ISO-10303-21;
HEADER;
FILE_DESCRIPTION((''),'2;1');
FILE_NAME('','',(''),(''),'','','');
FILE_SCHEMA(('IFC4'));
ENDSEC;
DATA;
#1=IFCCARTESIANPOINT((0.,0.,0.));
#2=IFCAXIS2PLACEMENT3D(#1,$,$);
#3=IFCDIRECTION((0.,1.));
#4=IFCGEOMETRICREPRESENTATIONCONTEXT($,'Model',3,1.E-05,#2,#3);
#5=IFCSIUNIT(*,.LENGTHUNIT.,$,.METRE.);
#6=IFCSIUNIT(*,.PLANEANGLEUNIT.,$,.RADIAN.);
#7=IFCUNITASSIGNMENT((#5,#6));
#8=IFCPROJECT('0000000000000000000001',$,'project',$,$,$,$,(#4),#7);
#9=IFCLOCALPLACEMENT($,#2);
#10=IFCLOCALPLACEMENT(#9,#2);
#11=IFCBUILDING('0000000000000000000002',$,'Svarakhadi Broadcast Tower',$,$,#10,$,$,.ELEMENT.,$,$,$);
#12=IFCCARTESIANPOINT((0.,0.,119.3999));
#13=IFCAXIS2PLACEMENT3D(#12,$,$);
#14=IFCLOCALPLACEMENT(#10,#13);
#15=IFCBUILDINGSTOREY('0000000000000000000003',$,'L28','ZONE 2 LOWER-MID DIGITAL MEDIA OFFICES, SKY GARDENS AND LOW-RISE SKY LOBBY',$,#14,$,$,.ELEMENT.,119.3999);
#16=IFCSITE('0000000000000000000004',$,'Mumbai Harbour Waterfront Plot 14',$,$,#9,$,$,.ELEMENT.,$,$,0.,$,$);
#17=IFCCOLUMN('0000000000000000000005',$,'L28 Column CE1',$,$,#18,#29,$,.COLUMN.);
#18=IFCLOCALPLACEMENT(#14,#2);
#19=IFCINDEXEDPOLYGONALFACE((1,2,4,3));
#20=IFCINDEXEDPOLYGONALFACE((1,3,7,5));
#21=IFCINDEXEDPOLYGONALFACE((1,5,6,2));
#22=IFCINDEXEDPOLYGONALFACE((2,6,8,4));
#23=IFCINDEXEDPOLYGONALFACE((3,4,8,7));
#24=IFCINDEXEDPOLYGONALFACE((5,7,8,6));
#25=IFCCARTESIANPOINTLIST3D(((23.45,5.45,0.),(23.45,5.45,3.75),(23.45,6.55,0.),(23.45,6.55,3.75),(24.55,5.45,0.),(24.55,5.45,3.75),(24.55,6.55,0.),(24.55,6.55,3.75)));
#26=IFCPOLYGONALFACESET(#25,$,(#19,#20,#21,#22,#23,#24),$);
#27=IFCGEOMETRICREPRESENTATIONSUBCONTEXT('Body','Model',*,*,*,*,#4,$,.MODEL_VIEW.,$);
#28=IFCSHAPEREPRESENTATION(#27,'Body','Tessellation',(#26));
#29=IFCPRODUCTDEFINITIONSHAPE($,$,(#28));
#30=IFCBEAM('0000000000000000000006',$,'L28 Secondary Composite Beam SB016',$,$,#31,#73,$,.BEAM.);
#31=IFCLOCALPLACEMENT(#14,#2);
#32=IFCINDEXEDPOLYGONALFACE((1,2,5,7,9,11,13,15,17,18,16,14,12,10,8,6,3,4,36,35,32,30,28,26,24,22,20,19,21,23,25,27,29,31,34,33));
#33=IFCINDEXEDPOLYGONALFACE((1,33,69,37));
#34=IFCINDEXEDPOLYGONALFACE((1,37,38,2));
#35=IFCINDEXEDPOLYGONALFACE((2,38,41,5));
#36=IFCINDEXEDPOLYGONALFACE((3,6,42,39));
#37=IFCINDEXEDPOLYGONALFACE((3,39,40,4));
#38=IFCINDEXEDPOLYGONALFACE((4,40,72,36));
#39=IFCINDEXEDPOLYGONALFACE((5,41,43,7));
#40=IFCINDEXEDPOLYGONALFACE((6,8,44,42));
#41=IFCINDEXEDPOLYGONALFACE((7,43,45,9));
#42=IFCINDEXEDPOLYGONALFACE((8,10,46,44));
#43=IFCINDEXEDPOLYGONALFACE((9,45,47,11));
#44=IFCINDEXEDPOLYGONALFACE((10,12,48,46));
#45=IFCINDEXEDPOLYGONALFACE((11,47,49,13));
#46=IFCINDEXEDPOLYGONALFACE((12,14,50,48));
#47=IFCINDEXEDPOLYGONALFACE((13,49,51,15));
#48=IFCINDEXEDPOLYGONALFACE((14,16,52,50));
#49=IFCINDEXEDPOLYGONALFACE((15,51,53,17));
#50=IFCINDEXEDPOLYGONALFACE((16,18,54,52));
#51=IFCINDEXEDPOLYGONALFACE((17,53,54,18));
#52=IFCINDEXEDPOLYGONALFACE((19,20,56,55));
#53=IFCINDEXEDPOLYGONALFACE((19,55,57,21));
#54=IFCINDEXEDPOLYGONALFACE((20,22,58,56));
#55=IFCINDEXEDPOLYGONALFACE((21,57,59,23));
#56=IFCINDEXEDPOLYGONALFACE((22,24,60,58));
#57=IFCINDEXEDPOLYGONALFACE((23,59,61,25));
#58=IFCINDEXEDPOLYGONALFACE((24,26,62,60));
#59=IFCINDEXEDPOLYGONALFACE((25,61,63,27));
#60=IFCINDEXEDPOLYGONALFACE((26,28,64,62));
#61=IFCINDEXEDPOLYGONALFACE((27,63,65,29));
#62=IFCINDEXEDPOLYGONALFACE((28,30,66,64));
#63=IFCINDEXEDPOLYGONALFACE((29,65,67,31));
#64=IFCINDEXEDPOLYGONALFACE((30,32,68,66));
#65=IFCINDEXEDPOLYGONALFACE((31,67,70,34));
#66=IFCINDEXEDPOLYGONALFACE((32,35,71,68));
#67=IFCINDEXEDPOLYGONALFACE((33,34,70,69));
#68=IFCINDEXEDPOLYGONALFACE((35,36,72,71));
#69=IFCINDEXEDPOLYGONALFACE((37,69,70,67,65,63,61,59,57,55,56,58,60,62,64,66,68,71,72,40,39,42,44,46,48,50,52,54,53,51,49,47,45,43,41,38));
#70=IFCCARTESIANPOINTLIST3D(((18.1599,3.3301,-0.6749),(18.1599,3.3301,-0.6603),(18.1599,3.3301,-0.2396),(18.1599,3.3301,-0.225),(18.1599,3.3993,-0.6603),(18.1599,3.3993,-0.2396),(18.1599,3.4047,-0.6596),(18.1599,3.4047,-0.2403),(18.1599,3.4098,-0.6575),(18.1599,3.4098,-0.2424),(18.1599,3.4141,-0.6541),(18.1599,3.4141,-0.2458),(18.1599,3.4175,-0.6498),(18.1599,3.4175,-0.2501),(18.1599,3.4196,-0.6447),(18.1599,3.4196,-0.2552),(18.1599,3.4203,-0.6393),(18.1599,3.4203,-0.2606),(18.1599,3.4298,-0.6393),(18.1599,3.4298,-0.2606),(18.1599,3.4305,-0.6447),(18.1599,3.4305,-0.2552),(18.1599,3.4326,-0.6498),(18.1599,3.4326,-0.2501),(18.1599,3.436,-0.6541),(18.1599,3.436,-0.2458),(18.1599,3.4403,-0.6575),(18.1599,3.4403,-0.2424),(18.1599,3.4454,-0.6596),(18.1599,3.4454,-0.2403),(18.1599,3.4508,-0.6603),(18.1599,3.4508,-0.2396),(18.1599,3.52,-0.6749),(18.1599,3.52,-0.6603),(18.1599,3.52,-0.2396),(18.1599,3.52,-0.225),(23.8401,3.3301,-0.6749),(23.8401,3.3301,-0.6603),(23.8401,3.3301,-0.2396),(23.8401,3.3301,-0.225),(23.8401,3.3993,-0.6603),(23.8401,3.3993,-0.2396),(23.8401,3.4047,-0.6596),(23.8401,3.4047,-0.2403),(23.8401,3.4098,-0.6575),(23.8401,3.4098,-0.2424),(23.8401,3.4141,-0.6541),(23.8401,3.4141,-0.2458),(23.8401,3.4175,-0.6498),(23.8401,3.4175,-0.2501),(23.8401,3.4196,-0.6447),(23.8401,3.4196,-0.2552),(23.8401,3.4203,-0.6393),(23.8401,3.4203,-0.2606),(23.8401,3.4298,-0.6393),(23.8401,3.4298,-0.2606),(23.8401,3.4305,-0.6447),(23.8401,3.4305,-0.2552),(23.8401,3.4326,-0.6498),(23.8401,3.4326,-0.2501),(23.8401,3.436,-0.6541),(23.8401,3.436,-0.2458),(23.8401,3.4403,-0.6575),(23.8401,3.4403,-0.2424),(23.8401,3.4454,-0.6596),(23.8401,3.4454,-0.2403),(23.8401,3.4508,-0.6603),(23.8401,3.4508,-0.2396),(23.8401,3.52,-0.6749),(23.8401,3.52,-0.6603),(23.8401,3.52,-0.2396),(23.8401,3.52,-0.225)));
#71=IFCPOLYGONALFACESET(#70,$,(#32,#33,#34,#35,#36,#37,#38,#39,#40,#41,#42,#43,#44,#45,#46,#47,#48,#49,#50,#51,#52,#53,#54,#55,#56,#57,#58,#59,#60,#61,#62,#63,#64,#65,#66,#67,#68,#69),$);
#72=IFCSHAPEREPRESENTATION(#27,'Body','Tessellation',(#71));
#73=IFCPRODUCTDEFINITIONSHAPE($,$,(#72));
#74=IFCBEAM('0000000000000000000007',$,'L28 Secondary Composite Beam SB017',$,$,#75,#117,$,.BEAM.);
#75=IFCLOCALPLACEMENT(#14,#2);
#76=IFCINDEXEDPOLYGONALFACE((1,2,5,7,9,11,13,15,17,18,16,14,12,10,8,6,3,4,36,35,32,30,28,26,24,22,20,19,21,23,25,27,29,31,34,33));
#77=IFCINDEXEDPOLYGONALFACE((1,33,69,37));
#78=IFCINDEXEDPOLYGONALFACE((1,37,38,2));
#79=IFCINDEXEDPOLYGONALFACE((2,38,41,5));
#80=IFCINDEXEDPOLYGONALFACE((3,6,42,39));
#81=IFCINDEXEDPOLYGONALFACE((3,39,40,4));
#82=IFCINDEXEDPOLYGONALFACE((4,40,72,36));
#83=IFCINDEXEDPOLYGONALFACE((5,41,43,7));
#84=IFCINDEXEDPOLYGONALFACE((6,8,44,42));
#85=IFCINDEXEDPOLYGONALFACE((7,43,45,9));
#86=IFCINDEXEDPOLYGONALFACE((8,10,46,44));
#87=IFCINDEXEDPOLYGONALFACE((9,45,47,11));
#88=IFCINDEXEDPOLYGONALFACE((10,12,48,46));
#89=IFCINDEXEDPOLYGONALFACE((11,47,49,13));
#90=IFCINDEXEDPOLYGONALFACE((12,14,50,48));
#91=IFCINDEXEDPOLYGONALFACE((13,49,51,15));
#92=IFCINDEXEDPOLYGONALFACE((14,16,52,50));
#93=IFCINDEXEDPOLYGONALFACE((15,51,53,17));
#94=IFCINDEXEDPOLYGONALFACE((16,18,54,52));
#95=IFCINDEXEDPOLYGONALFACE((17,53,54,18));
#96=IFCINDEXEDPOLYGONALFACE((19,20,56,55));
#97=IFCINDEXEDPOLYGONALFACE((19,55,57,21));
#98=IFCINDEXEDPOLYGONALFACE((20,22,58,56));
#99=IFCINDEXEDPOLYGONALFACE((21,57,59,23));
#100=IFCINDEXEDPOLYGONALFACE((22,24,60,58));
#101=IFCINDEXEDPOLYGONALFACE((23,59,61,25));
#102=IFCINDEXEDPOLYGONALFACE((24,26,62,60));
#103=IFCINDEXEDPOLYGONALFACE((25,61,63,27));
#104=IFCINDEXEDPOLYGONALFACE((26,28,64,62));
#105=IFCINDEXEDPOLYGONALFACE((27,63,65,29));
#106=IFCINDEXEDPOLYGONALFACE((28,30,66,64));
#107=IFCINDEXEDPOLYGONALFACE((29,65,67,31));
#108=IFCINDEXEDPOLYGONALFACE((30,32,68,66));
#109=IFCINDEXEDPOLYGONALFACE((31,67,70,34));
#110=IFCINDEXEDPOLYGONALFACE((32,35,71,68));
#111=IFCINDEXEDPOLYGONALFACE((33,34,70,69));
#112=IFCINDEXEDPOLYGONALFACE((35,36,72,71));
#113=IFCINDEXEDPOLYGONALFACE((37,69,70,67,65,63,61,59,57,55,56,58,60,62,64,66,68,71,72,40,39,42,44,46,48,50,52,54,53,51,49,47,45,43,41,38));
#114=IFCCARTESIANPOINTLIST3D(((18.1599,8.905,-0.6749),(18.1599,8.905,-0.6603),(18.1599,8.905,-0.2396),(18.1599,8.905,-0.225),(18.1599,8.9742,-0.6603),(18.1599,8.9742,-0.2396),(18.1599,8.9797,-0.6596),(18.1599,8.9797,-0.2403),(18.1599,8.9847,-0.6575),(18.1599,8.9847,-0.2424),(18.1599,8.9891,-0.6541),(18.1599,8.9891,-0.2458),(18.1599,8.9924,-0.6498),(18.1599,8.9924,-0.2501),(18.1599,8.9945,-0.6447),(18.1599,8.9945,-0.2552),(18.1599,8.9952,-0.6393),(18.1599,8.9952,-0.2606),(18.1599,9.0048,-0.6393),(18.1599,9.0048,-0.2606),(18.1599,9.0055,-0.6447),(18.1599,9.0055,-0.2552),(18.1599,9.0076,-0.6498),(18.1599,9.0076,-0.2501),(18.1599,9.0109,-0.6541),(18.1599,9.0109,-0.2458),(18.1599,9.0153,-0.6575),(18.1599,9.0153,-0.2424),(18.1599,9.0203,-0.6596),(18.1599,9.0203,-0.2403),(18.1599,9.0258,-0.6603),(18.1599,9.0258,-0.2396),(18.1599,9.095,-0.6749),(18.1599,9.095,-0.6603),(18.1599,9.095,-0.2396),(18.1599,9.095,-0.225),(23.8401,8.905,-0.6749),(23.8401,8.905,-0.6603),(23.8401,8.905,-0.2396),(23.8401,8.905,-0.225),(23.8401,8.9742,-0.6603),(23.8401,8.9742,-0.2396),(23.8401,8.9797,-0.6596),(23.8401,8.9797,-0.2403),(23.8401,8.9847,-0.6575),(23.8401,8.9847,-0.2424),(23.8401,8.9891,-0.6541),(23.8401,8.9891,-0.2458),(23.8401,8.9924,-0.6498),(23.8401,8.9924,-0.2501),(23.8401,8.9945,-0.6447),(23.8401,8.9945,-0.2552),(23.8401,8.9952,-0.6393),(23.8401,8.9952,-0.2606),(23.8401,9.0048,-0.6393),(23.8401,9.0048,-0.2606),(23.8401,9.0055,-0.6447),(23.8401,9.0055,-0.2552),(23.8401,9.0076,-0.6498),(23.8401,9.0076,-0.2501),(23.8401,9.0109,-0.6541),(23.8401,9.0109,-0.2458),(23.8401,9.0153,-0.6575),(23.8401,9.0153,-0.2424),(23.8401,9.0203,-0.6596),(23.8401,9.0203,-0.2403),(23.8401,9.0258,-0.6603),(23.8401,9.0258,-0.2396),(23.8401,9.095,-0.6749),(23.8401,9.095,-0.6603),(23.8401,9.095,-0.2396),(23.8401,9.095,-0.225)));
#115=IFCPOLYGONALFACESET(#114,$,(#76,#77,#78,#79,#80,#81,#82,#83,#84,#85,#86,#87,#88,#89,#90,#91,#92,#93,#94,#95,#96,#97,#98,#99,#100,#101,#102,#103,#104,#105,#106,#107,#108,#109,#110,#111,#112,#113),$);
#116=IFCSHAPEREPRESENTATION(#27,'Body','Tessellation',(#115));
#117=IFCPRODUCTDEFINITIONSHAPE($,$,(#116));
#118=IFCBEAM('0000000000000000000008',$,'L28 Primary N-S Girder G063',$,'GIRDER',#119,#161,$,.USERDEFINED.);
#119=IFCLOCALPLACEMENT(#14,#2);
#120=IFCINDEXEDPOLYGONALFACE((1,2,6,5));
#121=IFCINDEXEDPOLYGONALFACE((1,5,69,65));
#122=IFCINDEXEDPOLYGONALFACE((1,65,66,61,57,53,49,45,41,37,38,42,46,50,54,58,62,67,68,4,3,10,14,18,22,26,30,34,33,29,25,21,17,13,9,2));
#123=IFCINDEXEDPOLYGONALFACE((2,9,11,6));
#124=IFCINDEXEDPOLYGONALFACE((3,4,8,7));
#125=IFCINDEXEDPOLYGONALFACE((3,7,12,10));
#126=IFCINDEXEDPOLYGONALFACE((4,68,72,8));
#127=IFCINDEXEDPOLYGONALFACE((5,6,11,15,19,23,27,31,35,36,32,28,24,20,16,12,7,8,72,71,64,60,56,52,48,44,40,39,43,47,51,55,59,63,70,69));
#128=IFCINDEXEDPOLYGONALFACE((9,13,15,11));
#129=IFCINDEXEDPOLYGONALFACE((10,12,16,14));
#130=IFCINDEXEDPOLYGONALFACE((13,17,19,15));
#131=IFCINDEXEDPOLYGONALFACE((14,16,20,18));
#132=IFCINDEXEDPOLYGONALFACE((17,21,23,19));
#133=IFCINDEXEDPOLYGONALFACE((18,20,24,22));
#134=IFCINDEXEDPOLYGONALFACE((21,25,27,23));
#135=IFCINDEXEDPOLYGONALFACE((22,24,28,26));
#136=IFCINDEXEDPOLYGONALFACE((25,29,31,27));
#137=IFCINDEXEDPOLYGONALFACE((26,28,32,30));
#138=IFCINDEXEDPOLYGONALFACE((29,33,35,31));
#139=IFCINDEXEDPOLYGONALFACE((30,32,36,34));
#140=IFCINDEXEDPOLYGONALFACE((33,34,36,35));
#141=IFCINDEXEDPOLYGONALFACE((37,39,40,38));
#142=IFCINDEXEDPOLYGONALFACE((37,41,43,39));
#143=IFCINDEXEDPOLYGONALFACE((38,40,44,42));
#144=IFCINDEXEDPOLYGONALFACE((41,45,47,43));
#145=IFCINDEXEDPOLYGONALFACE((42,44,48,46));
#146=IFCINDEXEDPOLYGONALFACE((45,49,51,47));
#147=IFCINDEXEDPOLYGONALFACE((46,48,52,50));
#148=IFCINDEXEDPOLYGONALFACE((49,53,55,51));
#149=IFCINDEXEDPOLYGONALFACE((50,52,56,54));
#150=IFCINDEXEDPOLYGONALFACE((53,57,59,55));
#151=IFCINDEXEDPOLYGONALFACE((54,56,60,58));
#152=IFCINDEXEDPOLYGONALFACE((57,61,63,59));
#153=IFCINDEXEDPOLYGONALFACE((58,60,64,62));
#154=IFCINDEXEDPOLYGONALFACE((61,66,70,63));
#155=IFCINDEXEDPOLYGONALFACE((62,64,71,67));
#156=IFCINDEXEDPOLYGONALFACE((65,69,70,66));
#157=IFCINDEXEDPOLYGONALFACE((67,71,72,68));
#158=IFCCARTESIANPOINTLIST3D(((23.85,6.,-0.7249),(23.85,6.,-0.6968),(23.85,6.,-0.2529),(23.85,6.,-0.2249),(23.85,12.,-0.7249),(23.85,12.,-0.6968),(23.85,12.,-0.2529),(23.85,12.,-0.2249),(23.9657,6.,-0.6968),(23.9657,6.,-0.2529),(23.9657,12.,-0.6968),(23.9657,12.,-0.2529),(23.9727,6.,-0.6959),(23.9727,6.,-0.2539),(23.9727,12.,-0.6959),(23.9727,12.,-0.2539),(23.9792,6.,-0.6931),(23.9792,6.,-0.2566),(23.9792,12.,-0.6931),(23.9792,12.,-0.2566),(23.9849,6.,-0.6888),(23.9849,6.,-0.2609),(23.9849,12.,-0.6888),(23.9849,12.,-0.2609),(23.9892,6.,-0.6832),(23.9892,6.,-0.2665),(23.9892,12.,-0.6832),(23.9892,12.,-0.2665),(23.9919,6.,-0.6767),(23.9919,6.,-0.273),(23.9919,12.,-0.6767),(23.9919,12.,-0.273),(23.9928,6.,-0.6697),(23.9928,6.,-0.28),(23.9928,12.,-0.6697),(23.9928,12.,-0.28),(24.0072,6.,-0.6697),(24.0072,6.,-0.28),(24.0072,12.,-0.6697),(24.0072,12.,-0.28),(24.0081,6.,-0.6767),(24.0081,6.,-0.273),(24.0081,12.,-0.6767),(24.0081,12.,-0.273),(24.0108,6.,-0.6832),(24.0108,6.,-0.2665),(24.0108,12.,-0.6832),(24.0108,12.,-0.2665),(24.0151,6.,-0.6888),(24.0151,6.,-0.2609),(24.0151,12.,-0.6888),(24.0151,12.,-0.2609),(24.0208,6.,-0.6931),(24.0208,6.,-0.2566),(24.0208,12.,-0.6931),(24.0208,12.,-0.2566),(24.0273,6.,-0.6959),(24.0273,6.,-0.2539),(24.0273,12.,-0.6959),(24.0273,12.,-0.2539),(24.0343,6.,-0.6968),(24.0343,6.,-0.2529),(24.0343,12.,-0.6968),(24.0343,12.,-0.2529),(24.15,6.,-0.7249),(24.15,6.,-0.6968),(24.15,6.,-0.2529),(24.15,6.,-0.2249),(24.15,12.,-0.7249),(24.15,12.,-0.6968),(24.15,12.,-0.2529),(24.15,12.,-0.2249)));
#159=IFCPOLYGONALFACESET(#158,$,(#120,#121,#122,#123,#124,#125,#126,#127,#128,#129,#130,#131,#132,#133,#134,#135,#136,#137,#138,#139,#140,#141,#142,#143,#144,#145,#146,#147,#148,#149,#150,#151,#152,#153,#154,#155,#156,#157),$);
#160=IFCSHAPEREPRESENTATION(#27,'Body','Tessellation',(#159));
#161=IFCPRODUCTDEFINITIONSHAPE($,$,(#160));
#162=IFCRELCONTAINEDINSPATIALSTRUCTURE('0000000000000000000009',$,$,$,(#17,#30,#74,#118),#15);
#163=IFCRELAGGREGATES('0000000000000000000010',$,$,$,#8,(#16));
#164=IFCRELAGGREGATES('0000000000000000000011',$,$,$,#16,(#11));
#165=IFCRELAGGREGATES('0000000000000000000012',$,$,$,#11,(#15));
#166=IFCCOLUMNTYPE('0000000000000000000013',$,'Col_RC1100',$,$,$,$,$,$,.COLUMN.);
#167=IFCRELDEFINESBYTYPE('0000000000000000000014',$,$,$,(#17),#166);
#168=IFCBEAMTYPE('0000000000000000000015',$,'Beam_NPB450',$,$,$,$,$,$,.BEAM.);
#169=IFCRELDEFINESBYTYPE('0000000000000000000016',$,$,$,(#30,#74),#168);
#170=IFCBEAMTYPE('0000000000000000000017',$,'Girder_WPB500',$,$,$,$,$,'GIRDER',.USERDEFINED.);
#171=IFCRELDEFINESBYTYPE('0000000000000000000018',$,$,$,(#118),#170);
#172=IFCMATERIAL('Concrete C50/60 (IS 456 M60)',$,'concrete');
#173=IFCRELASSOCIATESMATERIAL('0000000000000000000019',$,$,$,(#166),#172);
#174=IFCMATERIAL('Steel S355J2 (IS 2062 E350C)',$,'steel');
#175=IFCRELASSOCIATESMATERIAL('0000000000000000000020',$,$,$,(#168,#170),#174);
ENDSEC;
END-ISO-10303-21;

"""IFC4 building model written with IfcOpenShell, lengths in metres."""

from ifc_helpers import new_model, si_unit, direction, frame, origin, origin_2d, place, context, subcontext, project, spatial, rectangle, i_section, extrude, material, material_profile, profile_set, type_object, element, save


model = new_model("IFC4")

# Units and contexts
model_context = context("Model", 3, precision=1e-05, world=origin(), true_north=direction((0.0, 1.0)))
body_context = subcontext(model_context, "Body", "Model", "MODEL_VIEW")
ifc_project = project(units=[si_unit("LENGTHUNIT", "METRE"), si_unit("PLANEANGLEUNIT", "RADIAN")], contexts=[model_context])

# Site, building, storey
site_placement = place(None, origin())
site = spatial("IfcSite", under=ifc_project, at=site_placement, Name="Mumbai Harbour Waterfront Plot 14", CompositionType="ELEMENT", RefElevation=0.0)
building_placement = place(site_placement, origin())
building = spatial("IfcBuilding", under=site, at=building_placement, Name="Svarakhadi Broadcast Tower", CompositionType="ELEMENT")
storey_placement = place(building_placement, frame((0.0, 0.0, 119.3999)))
storey = spatial("IfcBuildingStorey", under=building, at=storey_placement, Name="L28", Description="ZONE 2 LOWER-MID DIGITAL MEDIA OFFICES, SKY GARDENS AND LOW-RISE SKY LOBBY", CompositionType="ELEMENT", Elevation=119.3999)

# Column
ifc_material_1 = material(Name="Concrete C50/60 (IS 456 M60)", Category="concrete")
ifc_material_profile_1 = material_profile(ifc_material_1, rectangle(XDim=1.1001, YDim=1.1001, at=origin_2d()), Name="RC 1100x1100")
ifc_profile_set_1 = profile_set([ifc_material_profile_1], Name="Concrete C50/60 (IS 456 M60)")
column_type = type_object("IfcColumnType", Name="Col_RC1100", PredefinedType="COLUMN", material=ifc_profile_set_1)
column_placement = place(storey_placement, frame((24.0, 6.0, 0.0), z_axis=(0.0, 0.0, 1.0), x_axis=(1.0, 0.0, 0.0)))
element("IfcColumn", 1, at=column_placement, inside=storey, type_object=column_type, Name="L28 Column CE1", PredefinedType="COLUMN", context=body_context, shape_type="SweptSolid", body=[
    extrude(rectangle(XDim=1.1001, YDim=1.1001, at=origin_2d()), origin(), (0.0, 0.0, 1.0), 3.75),
])

# Beams
ifc_material_2 = material(Name="Steel S355J2 (IS 2062 E350C)", Category="steel")
ifc_material_profile_2 = material_profile(ifc_material_2, i_section(OverallWidth=0.1899, OverallDepth=0.45, WebThickness=0.0095, FlangeThickness=0.0146, FilletRadius=0.021, at=origin_2d()), Name="NPB 450x190x78")
ifc_profile_set_2 = profile_set([ifc_material_profile_2], Name="Steel S355J2 (IS 2062 E350C)")
beam_type_1 = type_object("IfcBeamType", Name="Beam_NPB450", PredefinedType="BEAM", material=ifc_profile_set_2)
for number, where, z_axis, x_axis, name in (
    (2, (18.1599, 3.425, -0.45), (1.0, 0.0, 0.0), (0.0, 1.0, 0.0), "L28 Secondary Composite Beam SB016"),
    (3, (18.1599, 9.0, -0.45), (1.0, 0.0, 0.0), (0.0, 1.0, 0.0), "L28 Secondary Composite Beam SB017"),
):
    element("IfcBeam", number, at=place(storey_placement, frame(where, z_axis=z_axis, x_axis=x_axis)), inside=storey, type_object=beam_type_1, Name=name, PredefinedType="BEAM", context=body_context, shape_type="SweptSolid", body=[
        extrude(i_section(OverallWidth=0.1899, OverallDepth=0.45, WebThickness=0.0095, FlangeThickness=0.0146, FilletRadius=0.021, at=origin_2d()), origin(), (0.0, 0.0, 1.0), 5.6802),
    ])
ifc_material_profile_3 = material_profile(ifc_material_2, i_section(OverallWidth=0.3, OverallDepth=0.5, WebThickness=0.0144, FlangeThickness=0.0281, FilletRadius=0.0271, at=origin_2d()), Name="WPB 500x300x187")
ifc_profile_set_3 = profile_set([ifc_material_profile_3], Name="Steel S355J2 (IS 2062 E350C)")
beam_type_2 = type_object("IfcBeamType", Name="Girder_WPB500", ElementType="GIRDER", PredefinedType="USERDEFINED", material=ifc_profile_set_3)
beam_1_placement = place(storey_placement, frame((24.0, 6.0, -0.4749), z_axis=(0.0, 1.0, 0.0), x_axis=(-1.0, 0.0, 0.0)))
element("IfcBeam", 4, at=beam_1_placement, inside=storey, type_object=beam_type_2, Name="L28 Primary N-S Girder G063", ObjectType="GIRDER", PredefinedType="USERDEFINED", context=body_context, shape_type="SweptSolid", body=[
    extrude(i_section(OverallWidth=0.3, OverallDepth=0.5, WebThickness=0.0144, FlangeThickness=0.0281, FilletRadius=0.0271, at=origin_2d()), origin(), (0.0, 0.0, 1.0), 6.0),
])

save(model, "model.ifc")
